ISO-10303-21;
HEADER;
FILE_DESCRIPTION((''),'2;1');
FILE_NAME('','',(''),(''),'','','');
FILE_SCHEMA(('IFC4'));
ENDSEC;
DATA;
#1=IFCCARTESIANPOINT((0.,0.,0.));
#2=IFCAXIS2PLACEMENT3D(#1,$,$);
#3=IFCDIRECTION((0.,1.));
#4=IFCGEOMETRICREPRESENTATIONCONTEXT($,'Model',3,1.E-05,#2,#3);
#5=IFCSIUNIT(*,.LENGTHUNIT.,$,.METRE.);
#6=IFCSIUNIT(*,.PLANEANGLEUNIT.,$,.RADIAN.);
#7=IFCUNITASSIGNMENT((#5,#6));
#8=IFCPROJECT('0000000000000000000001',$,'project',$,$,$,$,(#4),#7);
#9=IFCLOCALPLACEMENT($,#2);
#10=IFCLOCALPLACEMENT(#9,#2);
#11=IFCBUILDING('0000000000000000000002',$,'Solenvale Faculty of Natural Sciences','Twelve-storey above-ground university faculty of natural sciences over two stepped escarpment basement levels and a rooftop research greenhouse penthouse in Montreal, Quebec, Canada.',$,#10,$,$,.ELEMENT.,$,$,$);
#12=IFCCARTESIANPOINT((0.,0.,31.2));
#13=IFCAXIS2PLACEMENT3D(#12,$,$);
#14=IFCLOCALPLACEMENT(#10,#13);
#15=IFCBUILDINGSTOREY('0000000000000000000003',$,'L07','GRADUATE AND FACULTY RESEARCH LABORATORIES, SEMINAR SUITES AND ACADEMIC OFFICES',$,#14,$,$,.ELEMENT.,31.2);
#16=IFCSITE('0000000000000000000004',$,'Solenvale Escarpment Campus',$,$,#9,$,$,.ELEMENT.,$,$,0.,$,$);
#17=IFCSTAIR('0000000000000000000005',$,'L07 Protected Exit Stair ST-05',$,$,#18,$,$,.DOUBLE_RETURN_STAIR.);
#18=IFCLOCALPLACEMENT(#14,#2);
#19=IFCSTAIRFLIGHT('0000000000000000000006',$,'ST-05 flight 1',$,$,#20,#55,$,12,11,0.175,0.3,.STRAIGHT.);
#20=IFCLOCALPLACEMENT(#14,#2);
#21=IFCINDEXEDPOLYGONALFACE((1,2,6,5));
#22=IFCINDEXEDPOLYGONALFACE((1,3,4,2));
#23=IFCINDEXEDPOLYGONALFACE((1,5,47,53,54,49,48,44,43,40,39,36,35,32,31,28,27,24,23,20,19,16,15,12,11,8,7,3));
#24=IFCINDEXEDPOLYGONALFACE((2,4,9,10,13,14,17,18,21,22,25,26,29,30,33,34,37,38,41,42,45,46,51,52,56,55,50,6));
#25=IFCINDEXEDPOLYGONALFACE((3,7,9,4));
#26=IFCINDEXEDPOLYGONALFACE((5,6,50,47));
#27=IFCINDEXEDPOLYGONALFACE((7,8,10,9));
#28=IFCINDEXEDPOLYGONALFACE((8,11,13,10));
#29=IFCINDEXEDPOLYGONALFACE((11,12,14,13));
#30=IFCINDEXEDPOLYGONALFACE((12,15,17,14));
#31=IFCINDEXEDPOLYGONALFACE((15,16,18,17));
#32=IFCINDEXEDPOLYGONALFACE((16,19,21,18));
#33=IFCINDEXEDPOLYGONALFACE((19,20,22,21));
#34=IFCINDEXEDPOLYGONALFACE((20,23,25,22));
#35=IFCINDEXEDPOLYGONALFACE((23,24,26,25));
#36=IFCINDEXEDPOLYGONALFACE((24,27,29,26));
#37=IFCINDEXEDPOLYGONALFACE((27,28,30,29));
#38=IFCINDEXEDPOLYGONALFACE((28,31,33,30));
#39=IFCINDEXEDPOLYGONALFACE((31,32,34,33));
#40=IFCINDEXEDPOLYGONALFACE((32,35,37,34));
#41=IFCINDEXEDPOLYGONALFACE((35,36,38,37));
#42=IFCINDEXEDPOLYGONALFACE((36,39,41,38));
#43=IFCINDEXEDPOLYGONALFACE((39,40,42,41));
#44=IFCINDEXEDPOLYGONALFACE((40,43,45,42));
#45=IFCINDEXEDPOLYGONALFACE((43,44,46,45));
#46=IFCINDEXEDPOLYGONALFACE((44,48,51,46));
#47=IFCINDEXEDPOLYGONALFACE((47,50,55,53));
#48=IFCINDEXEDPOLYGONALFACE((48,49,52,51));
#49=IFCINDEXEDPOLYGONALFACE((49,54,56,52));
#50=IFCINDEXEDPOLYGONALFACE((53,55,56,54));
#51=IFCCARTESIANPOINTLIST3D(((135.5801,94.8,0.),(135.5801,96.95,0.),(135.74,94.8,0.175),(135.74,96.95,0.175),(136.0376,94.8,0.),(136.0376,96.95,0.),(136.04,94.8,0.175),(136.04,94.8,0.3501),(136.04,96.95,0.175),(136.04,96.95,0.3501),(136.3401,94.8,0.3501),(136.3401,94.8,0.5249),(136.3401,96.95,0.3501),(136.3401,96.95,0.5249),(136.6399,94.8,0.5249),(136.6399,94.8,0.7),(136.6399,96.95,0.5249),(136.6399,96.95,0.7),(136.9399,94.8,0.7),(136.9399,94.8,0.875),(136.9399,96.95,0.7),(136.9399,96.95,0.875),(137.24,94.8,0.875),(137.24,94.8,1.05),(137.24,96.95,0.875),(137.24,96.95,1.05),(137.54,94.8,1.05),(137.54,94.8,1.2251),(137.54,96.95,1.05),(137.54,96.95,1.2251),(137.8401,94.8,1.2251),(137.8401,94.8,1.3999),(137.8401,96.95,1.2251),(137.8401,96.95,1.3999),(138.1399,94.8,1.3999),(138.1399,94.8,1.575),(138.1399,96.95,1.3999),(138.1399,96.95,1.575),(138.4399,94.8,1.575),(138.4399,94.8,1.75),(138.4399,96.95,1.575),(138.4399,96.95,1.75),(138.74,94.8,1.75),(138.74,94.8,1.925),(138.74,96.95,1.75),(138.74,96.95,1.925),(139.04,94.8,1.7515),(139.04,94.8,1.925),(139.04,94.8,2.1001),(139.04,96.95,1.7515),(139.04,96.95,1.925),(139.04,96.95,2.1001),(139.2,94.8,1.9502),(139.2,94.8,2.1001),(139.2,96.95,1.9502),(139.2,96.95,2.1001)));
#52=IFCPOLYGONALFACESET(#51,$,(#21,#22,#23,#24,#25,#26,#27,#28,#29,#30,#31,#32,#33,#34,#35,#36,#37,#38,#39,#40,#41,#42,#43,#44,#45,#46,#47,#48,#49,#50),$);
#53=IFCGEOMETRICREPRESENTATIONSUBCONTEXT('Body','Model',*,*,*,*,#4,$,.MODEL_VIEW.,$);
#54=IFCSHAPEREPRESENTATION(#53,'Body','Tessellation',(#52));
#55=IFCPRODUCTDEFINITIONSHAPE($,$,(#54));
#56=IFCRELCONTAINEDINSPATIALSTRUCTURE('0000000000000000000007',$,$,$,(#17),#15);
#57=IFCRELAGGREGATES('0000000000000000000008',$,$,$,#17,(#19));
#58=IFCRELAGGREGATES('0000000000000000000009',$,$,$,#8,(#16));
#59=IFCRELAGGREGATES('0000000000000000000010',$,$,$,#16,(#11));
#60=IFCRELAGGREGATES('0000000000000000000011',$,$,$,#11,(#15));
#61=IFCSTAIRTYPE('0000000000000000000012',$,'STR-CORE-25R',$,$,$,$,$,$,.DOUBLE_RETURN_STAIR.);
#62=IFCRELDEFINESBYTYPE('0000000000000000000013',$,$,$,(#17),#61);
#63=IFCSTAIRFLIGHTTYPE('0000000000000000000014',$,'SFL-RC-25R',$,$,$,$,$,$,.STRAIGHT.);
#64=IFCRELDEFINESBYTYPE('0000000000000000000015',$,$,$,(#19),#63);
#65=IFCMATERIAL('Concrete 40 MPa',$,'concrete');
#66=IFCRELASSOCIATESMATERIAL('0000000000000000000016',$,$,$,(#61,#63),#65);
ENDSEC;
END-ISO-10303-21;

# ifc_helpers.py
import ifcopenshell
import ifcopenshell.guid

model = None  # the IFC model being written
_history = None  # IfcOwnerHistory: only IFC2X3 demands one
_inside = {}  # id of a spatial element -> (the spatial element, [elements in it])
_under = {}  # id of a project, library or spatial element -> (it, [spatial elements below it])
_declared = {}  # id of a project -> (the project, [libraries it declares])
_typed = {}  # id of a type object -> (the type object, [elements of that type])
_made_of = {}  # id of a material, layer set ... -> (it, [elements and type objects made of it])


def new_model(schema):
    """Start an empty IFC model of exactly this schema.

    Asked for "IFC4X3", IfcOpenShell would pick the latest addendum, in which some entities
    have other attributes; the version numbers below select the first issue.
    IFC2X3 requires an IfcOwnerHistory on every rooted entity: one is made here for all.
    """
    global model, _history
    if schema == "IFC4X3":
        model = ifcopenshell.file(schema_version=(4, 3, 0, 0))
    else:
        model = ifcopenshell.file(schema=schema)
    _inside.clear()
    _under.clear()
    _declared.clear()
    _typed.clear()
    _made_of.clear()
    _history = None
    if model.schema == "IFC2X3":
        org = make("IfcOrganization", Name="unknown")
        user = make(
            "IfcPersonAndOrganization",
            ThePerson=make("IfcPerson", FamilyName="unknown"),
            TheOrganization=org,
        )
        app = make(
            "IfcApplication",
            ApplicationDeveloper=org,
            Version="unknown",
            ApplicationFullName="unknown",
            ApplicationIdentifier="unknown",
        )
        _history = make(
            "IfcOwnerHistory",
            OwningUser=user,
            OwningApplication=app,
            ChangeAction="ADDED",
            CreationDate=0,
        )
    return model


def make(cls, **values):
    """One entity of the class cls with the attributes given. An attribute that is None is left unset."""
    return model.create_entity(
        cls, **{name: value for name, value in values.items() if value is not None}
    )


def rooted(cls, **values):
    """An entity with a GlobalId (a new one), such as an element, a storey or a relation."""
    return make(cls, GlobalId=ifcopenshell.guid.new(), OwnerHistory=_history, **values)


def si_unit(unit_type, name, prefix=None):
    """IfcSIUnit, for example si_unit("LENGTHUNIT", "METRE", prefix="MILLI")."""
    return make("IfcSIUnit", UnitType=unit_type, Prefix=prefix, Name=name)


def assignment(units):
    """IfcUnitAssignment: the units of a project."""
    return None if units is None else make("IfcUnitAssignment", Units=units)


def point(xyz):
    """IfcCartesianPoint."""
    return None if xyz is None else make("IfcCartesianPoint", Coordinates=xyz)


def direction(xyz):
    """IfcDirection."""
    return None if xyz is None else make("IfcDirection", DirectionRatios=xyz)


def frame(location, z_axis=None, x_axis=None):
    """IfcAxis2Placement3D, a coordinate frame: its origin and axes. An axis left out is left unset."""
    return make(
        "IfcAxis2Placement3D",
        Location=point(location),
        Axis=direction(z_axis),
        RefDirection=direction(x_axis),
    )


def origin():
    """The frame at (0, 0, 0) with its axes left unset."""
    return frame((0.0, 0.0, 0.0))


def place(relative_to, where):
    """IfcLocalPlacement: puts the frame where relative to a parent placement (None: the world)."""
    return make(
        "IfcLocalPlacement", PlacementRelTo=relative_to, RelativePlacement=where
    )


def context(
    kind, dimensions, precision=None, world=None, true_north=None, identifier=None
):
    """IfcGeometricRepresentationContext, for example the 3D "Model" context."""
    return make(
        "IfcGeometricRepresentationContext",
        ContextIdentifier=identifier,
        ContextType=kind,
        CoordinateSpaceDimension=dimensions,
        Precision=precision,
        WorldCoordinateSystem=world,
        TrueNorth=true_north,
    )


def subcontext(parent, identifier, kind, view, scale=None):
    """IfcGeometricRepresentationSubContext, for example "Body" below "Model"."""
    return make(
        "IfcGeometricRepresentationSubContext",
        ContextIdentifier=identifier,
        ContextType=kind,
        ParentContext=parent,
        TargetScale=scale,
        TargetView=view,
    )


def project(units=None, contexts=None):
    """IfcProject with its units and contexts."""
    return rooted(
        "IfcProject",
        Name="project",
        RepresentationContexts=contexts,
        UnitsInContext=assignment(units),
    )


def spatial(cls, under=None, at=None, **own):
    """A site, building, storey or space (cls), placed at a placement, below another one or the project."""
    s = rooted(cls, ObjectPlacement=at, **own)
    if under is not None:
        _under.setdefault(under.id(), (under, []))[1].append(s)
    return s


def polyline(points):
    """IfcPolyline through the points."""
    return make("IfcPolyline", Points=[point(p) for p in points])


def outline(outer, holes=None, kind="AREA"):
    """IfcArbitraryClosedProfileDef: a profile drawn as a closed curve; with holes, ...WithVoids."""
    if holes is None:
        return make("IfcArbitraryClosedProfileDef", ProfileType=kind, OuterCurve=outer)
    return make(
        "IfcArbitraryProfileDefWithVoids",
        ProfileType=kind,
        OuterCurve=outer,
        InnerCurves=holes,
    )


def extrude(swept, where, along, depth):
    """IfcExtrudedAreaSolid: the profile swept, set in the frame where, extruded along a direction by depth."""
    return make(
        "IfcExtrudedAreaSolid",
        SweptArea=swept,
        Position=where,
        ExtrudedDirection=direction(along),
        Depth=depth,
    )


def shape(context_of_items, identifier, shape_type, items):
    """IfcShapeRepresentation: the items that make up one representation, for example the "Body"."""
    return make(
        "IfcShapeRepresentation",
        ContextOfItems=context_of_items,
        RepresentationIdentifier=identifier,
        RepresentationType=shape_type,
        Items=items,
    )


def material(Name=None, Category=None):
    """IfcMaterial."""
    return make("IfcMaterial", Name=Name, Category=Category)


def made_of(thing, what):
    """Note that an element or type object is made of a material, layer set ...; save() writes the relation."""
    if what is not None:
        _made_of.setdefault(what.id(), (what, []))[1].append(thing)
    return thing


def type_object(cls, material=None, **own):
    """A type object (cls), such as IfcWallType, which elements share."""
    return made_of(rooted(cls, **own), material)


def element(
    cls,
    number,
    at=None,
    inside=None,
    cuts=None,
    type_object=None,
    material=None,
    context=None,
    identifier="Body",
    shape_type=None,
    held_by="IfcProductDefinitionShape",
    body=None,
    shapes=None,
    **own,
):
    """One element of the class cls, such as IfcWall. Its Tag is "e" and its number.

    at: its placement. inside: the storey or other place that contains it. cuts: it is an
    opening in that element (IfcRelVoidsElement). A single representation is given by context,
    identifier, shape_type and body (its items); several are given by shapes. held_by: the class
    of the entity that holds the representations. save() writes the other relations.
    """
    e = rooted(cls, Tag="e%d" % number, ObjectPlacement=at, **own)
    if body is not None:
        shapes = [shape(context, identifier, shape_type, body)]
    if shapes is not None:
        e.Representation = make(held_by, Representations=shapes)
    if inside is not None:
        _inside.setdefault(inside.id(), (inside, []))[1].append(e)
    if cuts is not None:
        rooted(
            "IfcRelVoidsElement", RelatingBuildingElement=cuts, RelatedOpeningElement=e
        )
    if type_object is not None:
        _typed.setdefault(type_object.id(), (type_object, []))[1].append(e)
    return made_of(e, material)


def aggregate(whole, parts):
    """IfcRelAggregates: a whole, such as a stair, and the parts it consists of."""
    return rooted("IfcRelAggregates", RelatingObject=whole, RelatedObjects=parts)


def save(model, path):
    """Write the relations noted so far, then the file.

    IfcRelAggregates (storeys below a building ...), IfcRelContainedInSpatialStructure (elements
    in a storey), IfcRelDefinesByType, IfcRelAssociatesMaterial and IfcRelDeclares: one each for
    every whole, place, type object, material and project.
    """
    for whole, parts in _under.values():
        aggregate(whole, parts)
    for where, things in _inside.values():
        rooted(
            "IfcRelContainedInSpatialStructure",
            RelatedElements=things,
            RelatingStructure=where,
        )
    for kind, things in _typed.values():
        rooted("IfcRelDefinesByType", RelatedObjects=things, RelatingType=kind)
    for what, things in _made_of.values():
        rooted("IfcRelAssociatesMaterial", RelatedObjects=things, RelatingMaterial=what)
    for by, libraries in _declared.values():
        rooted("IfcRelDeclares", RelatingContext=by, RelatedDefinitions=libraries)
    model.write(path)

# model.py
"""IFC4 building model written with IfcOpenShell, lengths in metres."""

from ifc_helpers import new_model, si_unit, direction, frame, origin, place, context, subcontext, project, spatial, polyline, outline, extrude, material, type_object, element, aggregate, save


model = new_model("IFC4")

# Units and contexts
model_context = context("Model", 3, precision=1e-05, world=origin(), true_north=direction((0.0, 1.0)))
body_context = subcontext(model_context, "Body", "Model", "MODEL_VIEW")
ifc_project = project(units=[si_unit("LENGTHUNIT", "METRE"), si_unit("PLANEANGLEUNIT", "RADIAN")], contexts=[model_context])

# Site, building, storey
site_placement = place(None, origin())
site = spatial("IfcSite", under=ifc_project, at=site_placement, Name="Solenvale Escarpment Campus", CompositionType="ELEMENT", RefElevation=0.0)
building_placement = place(site_placement, origin())
building = spatial("IfcBuilding", under=site, at=building_placement, Name="Solenvale Faculty of Natural Sciences", Description="Twelve-storey above-ground university faculty of natural sciences over two stepped escarpment basement levels and a rooftop research greenhouse penthouse in Montreal, Quebec, Canada.", CompositionType="ELEMENT")
storey_placement = place(building_placement, frame((0.0, 0.0, 31.2)))
storey = spatial("IfcBuildingStorey", under=building, at=storey_placement, Name="L07", Description="GRADUATE AND FACULTY RESEARCH LABORATORIES, SEMINAR SUITES AND ACADEMIC OFFICES", CompositionType="ELEMENT", Elevation=31.2)

# Shared definitions
ifc_material_1 = material(Name="Concrete 40 MPa", Category="concrete")

# Stair, stair flight
stair_type = type_object("IfcStairType", Name="STR-CORE-25R", PredefinedType="DOUBLE_RETURN_STAIR", material=ifc_material_1)
stair_placement = place(storey_placement, origin())
stair = element("IfcStair", 1, at=stair_placement, inside=storey, type_object=stair_type, Name="L07 Protected Exit Stair ST-05", PredefinedType="DOUBLE_RETURN_STAIR")
stair_flight_type = type_object("IfcStairFlightType", Name="SFL-RC-25R", PredefinedType="STRAIGHT", material=ifc_material_1)
stair_flight_placement = place(storey_placement, frame((135.74, 95.875, 0.0), z_axis=(0.0, 0.0, 1.0), x_axis=(1.0, 0.0, 0.0)))
stair_flight = element("IfcStairFlight", 2, at=stair_flight_placement, type_object=stair_flight_type, Name="ST-05 flight 1", NumberOfRisers=12, NumberOfTreads=11, PredefinedType="STRAIGHT", RiserHeight=0.175, TreadLength=0.3, context=body_context, shape_type="SweptSolid", body=[
    extrude(outline(polyline([(-0.1599, 0.0), (0.0, 0.175), (0.3, 0.175), (0.3, 0.3501), (0.6001, 0.3501), (0.6001, 0.5249), (0.8999, 0.5249), (0.8999, 0.7), (1.2, 0.7), (1.2, 0.875), (1.5, 0.875), (1.5, 1.05), (1.8, 1.05), (1.8, 1.2251), (2.1001, 1.2251), (2.1001, 1.3999), (2.3999, 1.3999), (2.3999, 1.575), (2.7, 1.575), (2.7, 1.75), (3.0, 1.75), (3.0, 1.925), (3.3, 1.925), (3.3, 2.1001), (3.46, 2.1001), (3.46, 1.9502), (3.3, 1.7515), (0.2976, 0.0), (-0.1599, 0.0)])), frame((0.0, 1.075, 0.0), z_axis=(0.0, -1.0, 0.0), x_axis=(1.0, 0.0, 0.0)), (0.0, 0.0, 1.0), 2.1499),
])
aggregate(stair, [stair_flight])

save(model, "model.ifc")
